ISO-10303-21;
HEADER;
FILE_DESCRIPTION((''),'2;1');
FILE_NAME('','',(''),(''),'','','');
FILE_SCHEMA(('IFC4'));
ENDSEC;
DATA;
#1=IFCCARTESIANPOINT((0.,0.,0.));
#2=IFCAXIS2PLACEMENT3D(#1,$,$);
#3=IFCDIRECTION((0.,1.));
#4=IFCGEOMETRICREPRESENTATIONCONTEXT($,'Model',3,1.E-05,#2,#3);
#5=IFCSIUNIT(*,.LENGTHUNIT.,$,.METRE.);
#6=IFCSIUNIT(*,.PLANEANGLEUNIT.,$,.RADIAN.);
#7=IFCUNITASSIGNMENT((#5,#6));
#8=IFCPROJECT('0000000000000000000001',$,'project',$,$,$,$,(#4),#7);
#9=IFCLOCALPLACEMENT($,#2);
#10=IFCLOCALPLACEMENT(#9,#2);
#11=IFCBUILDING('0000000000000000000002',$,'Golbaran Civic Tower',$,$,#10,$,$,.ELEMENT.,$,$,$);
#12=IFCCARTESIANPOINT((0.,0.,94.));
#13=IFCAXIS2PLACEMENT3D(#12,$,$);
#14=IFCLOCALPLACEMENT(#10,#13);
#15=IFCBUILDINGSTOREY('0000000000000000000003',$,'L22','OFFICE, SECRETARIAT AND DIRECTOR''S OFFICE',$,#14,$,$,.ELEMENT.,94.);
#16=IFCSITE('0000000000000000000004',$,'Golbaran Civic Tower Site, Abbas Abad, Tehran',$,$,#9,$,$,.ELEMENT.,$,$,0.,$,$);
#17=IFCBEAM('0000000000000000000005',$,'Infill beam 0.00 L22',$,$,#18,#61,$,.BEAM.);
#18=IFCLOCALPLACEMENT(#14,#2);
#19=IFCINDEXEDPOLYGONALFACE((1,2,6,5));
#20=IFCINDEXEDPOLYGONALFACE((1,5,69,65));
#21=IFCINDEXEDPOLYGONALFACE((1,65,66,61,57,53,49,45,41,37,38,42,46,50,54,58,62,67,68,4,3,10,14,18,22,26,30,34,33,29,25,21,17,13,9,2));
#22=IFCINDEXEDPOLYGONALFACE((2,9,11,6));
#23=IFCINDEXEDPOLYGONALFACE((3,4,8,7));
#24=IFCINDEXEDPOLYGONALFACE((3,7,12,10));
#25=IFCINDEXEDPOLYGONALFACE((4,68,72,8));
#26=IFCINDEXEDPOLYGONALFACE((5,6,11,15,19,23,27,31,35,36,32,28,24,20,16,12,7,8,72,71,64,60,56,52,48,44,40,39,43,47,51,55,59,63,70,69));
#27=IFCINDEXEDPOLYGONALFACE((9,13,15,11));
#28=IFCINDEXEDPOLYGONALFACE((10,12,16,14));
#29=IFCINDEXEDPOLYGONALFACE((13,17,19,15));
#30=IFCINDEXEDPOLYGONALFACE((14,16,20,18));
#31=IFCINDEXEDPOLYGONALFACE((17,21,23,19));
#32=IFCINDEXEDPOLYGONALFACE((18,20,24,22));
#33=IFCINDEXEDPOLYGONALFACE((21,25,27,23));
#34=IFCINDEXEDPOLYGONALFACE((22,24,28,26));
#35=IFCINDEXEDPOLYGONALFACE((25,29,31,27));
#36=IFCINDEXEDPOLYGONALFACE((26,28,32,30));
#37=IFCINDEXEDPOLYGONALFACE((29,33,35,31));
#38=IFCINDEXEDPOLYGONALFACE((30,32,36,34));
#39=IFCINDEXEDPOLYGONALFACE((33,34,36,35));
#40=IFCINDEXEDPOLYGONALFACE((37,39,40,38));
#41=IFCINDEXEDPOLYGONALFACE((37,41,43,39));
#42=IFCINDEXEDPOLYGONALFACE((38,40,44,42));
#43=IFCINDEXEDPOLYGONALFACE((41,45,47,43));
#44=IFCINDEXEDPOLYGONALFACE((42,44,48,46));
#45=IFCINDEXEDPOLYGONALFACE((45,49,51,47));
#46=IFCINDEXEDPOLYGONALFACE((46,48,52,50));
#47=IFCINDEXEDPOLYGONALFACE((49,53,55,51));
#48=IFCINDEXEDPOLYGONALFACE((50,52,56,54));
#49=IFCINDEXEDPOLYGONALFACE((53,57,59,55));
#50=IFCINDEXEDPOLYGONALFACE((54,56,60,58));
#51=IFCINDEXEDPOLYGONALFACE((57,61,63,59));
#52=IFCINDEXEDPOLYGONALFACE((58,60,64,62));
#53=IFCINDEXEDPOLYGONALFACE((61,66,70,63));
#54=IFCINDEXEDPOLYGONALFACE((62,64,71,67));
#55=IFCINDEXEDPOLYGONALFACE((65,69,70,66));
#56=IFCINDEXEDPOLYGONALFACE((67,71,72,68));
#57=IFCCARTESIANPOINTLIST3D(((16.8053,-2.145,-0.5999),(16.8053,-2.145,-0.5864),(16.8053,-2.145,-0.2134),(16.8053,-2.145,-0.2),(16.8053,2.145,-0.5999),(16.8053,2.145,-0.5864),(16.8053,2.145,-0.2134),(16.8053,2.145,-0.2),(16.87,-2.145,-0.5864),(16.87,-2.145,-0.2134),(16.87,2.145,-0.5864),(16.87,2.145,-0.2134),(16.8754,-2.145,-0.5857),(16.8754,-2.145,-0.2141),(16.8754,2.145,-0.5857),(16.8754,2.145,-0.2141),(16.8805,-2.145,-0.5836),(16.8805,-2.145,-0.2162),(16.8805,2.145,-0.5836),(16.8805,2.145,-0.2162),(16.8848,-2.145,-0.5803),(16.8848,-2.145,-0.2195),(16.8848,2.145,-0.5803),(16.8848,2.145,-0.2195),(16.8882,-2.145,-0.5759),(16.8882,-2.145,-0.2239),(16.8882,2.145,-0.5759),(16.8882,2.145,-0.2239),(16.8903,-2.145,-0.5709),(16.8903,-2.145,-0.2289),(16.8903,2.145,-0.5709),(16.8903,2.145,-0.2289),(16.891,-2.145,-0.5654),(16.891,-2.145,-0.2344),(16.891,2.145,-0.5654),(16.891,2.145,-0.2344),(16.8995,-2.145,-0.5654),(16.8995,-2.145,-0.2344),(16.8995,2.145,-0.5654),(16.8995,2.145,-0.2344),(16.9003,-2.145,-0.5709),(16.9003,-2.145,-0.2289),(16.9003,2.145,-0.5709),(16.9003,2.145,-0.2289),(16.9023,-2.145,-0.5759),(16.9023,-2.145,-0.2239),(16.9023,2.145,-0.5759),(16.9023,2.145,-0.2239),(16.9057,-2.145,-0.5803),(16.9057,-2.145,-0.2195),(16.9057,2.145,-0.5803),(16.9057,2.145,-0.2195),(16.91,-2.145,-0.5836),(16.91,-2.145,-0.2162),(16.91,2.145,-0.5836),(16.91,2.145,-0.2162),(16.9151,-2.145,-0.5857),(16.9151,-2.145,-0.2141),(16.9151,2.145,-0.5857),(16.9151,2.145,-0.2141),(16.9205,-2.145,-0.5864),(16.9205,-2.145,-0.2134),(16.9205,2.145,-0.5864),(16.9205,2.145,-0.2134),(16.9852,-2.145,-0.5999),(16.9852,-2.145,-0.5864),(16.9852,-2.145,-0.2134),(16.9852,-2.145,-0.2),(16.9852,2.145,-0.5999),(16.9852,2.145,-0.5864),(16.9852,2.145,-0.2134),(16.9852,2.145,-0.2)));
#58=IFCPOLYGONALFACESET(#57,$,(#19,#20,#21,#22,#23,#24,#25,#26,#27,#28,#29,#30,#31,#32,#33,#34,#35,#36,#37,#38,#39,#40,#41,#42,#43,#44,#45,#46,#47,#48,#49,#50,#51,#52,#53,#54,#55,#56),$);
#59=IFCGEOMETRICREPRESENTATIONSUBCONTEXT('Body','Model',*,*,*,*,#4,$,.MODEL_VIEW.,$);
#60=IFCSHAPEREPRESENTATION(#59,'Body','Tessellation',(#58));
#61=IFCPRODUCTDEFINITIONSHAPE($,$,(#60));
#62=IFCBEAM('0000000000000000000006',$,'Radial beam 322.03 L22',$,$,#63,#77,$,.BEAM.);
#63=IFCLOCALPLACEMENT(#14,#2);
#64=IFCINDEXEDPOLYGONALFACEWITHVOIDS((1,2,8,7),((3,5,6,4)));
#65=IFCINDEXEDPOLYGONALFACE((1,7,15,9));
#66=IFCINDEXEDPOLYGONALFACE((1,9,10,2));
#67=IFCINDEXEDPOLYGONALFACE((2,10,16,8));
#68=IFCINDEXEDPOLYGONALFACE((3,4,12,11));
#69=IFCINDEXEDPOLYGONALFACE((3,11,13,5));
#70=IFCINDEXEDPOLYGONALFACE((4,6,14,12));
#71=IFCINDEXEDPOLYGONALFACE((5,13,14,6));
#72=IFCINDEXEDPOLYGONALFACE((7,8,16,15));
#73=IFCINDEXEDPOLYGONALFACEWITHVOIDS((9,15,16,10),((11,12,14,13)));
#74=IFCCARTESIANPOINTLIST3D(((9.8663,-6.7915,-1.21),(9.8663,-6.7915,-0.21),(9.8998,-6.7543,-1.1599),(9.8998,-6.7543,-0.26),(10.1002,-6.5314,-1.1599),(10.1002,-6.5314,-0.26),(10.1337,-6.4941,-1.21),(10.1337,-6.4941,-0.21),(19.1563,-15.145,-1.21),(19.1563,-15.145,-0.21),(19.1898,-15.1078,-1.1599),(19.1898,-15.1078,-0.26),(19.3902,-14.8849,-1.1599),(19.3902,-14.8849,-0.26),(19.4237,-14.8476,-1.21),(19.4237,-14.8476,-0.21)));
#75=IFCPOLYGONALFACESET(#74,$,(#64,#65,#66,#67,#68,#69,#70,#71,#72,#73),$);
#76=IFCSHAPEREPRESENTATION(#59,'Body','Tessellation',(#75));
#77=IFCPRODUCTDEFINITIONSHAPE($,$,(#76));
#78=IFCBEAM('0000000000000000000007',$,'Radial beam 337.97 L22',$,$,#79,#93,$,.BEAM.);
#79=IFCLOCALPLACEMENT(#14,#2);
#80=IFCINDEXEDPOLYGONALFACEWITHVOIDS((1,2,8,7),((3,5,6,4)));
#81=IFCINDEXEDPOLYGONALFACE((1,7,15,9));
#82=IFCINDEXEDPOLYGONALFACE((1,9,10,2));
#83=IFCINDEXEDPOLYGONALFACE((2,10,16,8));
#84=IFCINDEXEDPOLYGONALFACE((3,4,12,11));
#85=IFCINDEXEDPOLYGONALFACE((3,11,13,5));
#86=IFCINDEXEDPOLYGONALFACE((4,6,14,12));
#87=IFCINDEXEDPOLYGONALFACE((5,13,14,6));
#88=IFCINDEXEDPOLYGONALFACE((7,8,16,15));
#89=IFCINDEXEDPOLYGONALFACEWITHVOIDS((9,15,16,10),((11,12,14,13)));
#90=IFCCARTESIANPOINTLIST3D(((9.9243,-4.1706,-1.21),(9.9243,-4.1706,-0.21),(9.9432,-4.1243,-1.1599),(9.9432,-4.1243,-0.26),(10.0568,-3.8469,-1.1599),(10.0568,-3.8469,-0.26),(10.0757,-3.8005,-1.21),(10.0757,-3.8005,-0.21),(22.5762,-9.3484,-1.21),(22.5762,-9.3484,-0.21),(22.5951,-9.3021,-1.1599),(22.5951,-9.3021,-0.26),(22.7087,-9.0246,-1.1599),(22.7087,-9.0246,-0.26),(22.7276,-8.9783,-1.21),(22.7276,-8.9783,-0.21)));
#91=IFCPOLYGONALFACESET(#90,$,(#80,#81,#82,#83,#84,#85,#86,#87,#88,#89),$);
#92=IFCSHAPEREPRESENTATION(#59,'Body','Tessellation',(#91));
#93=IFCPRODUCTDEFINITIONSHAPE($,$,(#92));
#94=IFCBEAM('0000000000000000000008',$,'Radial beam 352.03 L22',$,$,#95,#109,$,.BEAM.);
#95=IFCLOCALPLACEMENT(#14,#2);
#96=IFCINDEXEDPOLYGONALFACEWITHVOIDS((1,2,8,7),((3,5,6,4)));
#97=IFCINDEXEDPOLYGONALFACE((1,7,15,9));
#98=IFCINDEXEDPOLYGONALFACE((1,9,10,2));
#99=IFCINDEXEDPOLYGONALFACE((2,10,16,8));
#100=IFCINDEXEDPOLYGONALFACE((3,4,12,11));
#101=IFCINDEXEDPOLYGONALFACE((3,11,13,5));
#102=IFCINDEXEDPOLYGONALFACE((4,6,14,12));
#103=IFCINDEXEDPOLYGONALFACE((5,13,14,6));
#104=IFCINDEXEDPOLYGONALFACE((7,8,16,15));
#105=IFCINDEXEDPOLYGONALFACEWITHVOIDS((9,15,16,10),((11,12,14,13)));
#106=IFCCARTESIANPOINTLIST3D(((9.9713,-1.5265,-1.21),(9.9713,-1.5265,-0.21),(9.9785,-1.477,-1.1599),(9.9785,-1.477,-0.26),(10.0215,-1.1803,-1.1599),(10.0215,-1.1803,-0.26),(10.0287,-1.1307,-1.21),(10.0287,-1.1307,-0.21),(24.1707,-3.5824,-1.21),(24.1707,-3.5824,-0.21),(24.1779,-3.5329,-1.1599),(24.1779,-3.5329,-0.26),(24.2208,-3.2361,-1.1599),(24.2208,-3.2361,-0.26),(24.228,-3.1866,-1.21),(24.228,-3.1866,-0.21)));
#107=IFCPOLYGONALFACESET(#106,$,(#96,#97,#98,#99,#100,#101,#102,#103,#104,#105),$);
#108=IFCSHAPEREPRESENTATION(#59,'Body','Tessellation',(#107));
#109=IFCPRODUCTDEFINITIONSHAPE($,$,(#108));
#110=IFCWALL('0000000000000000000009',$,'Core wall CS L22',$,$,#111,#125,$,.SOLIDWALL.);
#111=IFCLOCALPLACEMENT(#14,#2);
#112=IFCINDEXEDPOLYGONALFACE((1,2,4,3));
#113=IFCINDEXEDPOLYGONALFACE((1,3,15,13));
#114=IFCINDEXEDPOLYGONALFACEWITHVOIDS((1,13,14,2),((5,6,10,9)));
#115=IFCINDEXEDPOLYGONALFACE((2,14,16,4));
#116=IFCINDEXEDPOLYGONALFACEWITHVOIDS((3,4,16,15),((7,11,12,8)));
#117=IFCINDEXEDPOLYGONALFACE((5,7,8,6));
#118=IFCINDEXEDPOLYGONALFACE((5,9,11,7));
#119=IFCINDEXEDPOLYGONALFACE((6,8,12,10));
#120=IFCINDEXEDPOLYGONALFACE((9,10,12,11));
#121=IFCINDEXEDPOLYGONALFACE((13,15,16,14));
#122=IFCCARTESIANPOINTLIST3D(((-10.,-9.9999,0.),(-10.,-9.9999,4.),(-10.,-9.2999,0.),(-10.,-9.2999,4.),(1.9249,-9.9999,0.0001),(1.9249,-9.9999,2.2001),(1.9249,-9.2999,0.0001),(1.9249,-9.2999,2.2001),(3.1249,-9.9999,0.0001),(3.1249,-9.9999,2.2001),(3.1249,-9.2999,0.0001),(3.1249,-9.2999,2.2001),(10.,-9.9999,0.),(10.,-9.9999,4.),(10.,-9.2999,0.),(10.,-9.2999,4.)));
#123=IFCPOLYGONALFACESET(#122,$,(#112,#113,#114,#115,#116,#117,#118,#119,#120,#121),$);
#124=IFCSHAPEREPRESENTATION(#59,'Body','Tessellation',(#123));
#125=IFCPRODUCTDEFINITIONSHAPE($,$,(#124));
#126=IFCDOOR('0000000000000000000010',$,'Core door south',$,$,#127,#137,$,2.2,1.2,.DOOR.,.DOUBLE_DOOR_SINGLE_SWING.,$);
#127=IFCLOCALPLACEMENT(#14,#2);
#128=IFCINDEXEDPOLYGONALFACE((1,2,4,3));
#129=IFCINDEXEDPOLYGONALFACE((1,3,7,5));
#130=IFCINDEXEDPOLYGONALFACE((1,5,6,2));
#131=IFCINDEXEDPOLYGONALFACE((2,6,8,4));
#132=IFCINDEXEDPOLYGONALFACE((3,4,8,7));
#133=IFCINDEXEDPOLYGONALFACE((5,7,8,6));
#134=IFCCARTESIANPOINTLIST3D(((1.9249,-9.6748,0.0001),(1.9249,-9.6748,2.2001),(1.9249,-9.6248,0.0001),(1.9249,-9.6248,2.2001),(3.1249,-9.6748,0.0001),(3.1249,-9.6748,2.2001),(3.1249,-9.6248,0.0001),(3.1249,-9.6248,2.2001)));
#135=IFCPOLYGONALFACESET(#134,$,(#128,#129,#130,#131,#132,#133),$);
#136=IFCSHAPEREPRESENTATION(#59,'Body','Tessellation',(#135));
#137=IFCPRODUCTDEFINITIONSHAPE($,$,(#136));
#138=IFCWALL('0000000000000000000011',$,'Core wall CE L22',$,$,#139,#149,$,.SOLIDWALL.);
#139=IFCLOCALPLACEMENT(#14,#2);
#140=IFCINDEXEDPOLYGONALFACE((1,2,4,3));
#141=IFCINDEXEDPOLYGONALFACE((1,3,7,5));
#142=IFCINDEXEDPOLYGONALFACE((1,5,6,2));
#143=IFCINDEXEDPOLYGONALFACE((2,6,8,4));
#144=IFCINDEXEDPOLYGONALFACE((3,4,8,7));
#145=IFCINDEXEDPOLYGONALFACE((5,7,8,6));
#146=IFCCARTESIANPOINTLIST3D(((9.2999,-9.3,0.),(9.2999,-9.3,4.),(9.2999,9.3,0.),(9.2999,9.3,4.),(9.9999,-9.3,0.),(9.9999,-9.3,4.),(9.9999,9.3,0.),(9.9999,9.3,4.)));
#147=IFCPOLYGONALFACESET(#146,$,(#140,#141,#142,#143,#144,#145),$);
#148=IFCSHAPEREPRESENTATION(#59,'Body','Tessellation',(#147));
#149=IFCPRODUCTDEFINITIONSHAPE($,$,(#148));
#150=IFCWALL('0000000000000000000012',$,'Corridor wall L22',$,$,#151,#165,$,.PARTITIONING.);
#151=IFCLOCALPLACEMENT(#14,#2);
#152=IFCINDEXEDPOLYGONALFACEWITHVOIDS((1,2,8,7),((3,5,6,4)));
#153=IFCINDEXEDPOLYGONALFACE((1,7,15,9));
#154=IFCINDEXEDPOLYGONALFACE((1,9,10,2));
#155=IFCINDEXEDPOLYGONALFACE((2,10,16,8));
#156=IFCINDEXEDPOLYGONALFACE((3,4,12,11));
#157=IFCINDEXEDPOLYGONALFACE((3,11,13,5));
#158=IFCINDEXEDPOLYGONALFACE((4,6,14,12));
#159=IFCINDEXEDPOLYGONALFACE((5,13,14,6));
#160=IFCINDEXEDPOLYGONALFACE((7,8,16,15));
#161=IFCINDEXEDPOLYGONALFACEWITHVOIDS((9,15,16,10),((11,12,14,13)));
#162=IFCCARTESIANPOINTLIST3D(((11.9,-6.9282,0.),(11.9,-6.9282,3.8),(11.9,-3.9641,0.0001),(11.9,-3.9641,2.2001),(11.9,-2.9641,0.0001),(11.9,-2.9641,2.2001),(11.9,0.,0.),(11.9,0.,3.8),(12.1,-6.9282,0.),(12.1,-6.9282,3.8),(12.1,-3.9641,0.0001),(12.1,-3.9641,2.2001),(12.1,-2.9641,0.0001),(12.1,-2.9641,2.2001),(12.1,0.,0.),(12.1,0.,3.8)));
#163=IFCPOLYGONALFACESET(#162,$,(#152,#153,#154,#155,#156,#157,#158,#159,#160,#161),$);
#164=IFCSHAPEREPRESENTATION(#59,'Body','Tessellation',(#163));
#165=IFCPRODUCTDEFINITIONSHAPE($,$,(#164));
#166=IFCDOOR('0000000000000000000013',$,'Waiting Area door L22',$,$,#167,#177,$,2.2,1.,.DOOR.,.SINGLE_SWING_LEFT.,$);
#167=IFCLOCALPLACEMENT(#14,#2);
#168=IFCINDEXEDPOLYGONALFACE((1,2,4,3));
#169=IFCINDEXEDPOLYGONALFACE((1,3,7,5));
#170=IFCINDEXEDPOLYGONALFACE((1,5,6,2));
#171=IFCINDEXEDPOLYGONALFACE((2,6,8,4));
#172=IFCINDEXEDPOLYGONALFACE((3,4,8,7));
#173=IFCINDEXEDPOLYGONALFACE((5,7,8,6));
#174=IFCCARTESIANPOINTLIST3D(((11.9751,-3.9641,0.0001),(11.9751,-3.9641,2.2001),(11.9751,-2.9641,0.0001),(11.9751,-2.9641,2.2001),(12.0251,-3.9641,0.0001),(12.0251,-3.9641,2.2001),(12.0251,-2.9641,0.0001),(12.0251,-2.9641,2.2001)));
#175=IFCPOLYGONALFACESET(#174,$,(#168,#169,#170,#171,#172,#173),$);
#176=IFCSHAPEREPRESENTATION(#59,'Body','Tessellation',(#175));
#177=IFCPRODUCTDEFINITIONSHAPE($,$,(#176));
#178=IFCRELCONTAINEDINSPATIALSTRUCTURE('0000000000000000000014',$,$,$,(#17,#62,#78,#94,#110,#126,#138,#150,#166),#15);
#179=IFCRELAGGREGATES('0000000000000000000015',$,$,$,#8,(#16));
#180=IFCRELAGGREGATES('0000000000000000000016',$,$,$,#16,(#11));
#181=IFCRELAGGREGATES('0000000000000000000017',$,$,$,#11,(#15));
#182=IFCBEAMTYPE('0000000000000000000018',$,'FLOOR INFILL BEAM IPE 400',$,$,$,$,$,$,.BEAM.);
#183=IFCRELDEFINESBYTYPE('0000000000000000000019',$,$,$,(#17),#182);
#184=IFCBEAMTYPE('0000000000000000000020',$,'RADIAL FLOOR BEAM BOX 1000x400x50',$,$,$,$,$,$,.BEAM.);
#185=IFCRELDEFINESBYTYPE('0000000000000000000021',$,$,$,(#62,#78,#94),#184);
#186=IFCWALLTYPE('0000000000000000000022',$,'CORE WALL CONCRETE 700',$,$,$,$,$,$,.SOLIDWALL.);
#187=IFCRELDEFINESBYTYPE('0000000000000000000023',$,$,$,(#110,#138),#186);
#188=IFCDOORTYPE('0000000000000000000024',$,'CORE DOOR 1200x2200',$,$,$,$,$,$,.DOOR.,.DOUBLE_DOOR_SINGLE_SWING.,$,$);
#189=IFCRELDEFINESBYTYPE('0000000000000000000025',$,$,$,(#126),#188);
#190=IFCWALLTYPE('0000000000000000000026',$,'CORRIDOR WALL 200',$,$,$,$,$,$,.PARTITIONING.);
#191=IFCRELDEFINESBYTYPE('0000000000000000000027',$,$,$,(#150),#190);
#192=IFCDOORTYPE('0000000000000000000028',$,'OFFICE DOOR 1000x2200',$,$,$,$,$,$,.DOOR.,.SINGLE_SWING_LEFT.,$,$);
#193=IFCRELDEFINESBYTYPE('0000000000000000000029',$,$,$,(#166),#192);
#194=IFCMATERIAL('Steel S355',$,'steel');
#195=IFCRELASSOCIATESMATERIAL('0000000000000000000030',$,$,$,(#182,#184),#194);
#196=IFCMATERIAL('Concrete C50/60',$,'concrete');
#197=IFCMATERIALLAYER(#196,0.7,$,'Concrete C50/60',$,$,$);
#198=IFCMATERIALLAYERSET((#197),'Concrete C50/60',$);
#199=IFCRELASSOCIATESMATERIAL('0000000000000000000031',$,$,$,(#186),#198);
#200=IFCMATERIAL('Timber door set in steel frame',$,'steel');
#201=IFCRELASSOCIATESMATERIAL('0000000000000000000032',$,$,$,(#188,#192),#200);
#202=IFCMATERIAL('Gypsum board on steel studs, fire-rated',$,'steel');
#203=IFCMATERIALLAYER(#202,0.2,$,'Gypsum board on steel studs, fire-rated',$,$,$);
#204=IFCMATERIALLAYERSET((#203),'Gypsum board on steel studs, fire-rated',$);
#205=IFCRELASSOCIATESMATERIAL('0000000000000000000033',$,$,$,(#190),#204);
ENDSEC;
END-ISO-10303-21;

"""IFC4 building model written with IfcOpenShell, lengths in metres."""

from ifc_helpers import new_model, si_unit, direction, frame, frame_2d, origin, origin_2d, place, context, subcontext, project, spatial, rectangle, hollow_rectangle, i_section, extrude, material, layer, layer_set, material_profile, profile_set, type_object, element, fill, save


model = new_model("IFC4")

# Units and contexts
model_context = context("Model", 3, precision=1e-05, world=origin(), true_north=direction((0.0, 1.0)))
body_context = subcontext(model_context, "Body", "Model", "MODEL_VIEW")
ifc_project = project(units=[si_unit("LENGTHUNIT", "METRE"), si_unit("PLANEANGLEUNIT", "RADIAN")], contexts=[model_context])

# Site, building, storey
site_placement = place(None, origin())
site = spatial("IfcSite", under=ifc_project, at=site_placement, Name="Golbaran Civic Tower Site, Abbas Abad, Tehran", CompositionType="ELEMENT", RefElevation=0.0)
building_placement = place(site_placement, origin())
building = spatial("IfcBuilding", under=site, at=building_placement, Name="Golbaran Civic Tower", CompositionType="ELEMENT")
storey_placement = place(building_placement, frame((0.0, 0.0, 94.0)))
storey = spatial("IfcBuildingStorey", under=building, at=storey_placement, Name="L22", Description="OFFICE, SECRETARIAT AND DIRECTOR'S OFFICE", CompositionType="ELEMENT", Elevation=94.0)

# Beams
ifc_material_1 = material(Name="Steel S355", Category="steel")
ifc_material_profile_1 = material_profile(ifc_material_1, i_section(OverallWidth=0.1799, OverallDepth=0.3999, WebThickness=0.0085, FlangeThickness=0.0134, FilletRadius=0.021, at=origin_2d()), Name="IPE 400")
ifc_profile_set_1 = profile_set([ifc_material_profile_1], Name="Steel S355")
beam_type_1 = type_object("IfcBeamType", Name="FLOOR INFILL BEAM IPE 400", PredefinedType="BEAM", material=ifc_profile_set_1)
beam_1_placement = place(storey_placement, frame((16.8953, -2.145, -0.3999), z_axis=(0.0, 1.0, 0.0), x_axis=(-1.0, 0.0, 0.0)))
element("IfcBeam", 1, at=beam_1_placement, inside=storey, type_object=beam_type_1, Name="Infill beam 0.00 L22", PredefinedType="BEAM", context=body_context, shape_type="SweptSolid", body=[
    extrude(i_section(OverallWidth=0.1799, OverallDepth=0.3999, WebThickness=0.0085, FlangeThickness=0.0134, FilletRadius=0.021, at=origin_2d()), origin(), (0.0, 0.0, 1.0), 4.29),
])
ifc_material_profile_2 = material_profile(ifc_material_1, hollow_rectangle(XDim=0.3999, YDim=1.0, WallThickness=0.05, at=origin_2d()), Name="BOX 1000x400x50")
ifc_profile_set_2 = profile_set([ifc_material_profile_2], Name="Steel S355")
beam_type_2 = type_object("IfcBeamType", Name="RADIAL FLOOR BEAM BOX 1000x400x50", PredefinedType="BEAM", material=ifc_profile_set_2)
beam_2_placement = place(storey_placement, frame((10.0, -6.6428, -0.71), z_axis=(0.743593, -0.668632, 0.0), x_axis=(0.668632, 0.743593, 0.0)))
element("IfcBeam", 2, at=beam_2_placement, inside=storey, type_object=beam_type_2, Name="Radial beam 322.03 L22", PredefinedType="BEAM", context=body_context, shape_type="SweptSolid", body=[
    extrude(hollow_rectangle(XDim=0.3999, YDim=1.0, WallThickness=0.05, at=origin_2d()), origin(), (0.0, 0.0, 1.0), 12.4934),
])
beam_3_placement = place(storey_placement, frame((10.0, -3.9856, -0.71), z_axis=(0.925496, -0.378757, 0.0), x_axis=(0.378757, 0.925496, 0.0)))
element("IfcBeam", 3, at=beam_3_placement, inside=storey, type_object=beam_type_2, Name="Radial beam 337.97 L22", PredefinedType="BEAM", context=body_context, shape_type="SweptSolid", body=[
    extrude(hollow_rectangle(XDim=0.3999, YDim=1.0, WallThickness=0.05, at=origin_2d()), origin(), (0.0, 0.0, 1.0), 13.6704),
])
beam_4_placement = place(storey_placement, frame((10.0, -1.3286, -0.71), z_axis=(0.98968, -0.143294, 0.0), x_axis=(0.143294, 0.98968, 0.0)))
element("IfcBeam", 4, at=beam_4_placement, inside=storey, type_object=beam_type_2, Name="Radial beam 352.03 L22", PredefinedType="BEAM", context=body_context, shape_type="SweptSolid", body=[
    extrude(hollow_rectangle(XDim=0.3999, YDim=1.0, WallThickness=0.05, at=origin_2d()), origin(), (0.0, 0.0, 1.0), 14.3474),
])

# Wall, opening, door
ifc_material_2 = material(Name="Concrete C50/60", Category="concrete")
ifc_layer_1 = layer(ifc_material_2, 0.7, Name="Concrete C50/60")
ifc_layer_set_1 = layer_set([ifc_layer_1], Name="Concrete C50/60")
wall_type_1 = type_object("IfcWallType", Name="CORE WALL CONCRETE 700", PredefinedType="SOLIDWALL", material=ifc_layer_set_1)
wall_1_placement = place(storey_placement, frame((10.0, -9.6499, 0.0), z_axis=(0.0, 0.0, 1.0), x_axis=(-1.0, 0.0, 0.0)))
wall_1 = element("IfcWall", 5, at=wall_1_placement, inside=storey, type_object=wall_type_1, Name="Core wall CS L22", PredefinedType="SOLIDWALL", context=body_context, shape_type="SweptSolid", body=[
    extrude(rectangle(XDim=20.0, YDim=0.7, at=frame_2d((10.0, 0.0))), origin(), (0.0, 0.0, 1.0), 4.0),
])
opening_1_placement = place(wall_1_placement, frame((6.875, 0.0, 0.0)))
opening_1 = element("IfcOpeningElement", 6, at=opening_1_placement, cuts=wall_1, PredefinedType="OPENING", context=body_context, shape_type="SweptSolid", body=[
    extrude(rectangle(XDim=1.2, YDim=2.2, at=frame_2d((0.6001, 1.1001))), frame((0.0, 0.3599, 0.0), z_axis=(0.0, -1.0, 0.0), x_axis=(1.0, 0.0, 0.0)), (0.0, 0.0, 1.0), 0.72),
])
ifc_material_3 = material(Name="Timber door set in steel frame", Category="steel")
door_type_1 = type_object("IfcDoorType", Name="CORE DOOR 1200x2200", OperationType="DOUBLE_DOOR_SINGLE_SWING", PredefinedType="DOOR", material=ifc_material_3)
door_1_placement = place(opening_1_placement, origin())
door_1 = element("IfcDoor", 7, at=door_1_placement, inside=storey, type_object=door_type_1, Name="Core door south", OperationType="DOUBLE_DOOR_SINGLE_SWING", OverallHeight=2.2, OverallWidth=1.2, PredefinedType="DOOR", context=body_context, shape_type="SweptSolid", body=[
    extrude(rectangle(XDim=1.2, YDim=2.2, at=frame_2d((0.6001, 1.1001))), frame((0.0, 0.0249, 0.0), z_axis=(0.0, -1.0, 0.0), x_axis=(1.0, 0.0, 0.0)), (0.0, 0.0, 1.0), 0.05),
])
fill(opening_1, door_1)

# Wall
wall_2_placement = place(storey_placement, frame((9.6499, -9.3, 0.0), z_axis=(0.0, 0.0, 1.0), x_axis=(0.0, 1.0, 0.0)))
element("IfcWall", 8, at=wall_2_placement, inside=storey, type_object=wall_type_1, Name="Core wall CE L22", PredefinedType="SOLIDWALL", context=body_context, shape_type="SweptSolid", body=[
    extrude(rectangle(XDim=18.6001, YDim=0.7, at=frame_2d((9.3, 0.0))), origin(), (0.0, 0.0, 1.0), 4.0),
])

# Wall, opening, door
ifc_material_4 = material(Name="Gypsum board on steel studs, fire-rated", Category="steel")
ifc_layer_2 = layer(ifc_material_4, 0.2, Name="Gypsum board on steel studs, fire-rated")
ifc_layer_set_2 = layer_set([ifc_layer_2], Name="Gypsum board on steel studs, fire-rated")
wall_type_2 = type_object("IfcWallType", Name="CORRIDOR WALL 200", PredefinedType="PARTITIONING", material=ifc_layer_set_2)
wall_3_placement = place(storey_placement, frame((12.0, -6.9282, 0.0), z_axis=(0.0, 0.0, 1.0), x_axis=(0.0, 1.0, 0.0)))
wall_3 = element("IfcWall", 9, at=wall_3_placement, inside=storey, type_object=wall_type_2, Name="Corridor wall L22", PredefinedType="PARTITIONING", context=body_context, shape_type="SweptSolid", body=[
    extrude(rectangle(XDim=6.9282, YDim=0.2, at=frame_2d((3.4641, 0.0))), origin(), (0.0, 0.0, 1.0), 3.8),
])
opening_2_placement = place(wall_3_placement, frame((2.9641, 0.0, 0.0)))
opening_2 = element("IfcOpeningElement", 10, at=opening_2_placement, cuts=wall_3, PredefinedType="OPENING", context=body_context, shape_type="SweptSolid", body=[
    extrude(rectangle(XDim=1.0, YDim=2.2, at=frame_2d((0.5, 1.1001))), frame((0.0, 0.1099, 0.0), z_axis=(0.0, -1.0, 0.0), x_axis=(1.0, 0.0, 0.0)), (0.0, 0.0, 1.0), 0.22),
])
door_type_2 = type_object("IfcDoorType", Name="OFFICE DOOR 1000x2200", OperationType="SINGLE_SWING_LEFT", PredefinedType="DOOR", material=ifc_material_3)
door_2_placement = place(opening_2_placement, origin())
door_2 = element("IfcDoor", 11, at=door_2_placement, inside=storey, type_object=door_type_2, Name="Waiting Area door L22", OperationType="SINGLE_SWING_LEFT", OverallHeight=2.2, OverallWidth=1.0, PredefinedType="DOOR", context=body_context, shape_type="SweptSolid", body=[
    extrude(rectangle(XDim=1.0, YDim=2.2, at=frame_2d((0.5, 1.1001))), frame((0.0, 0.0249, 0.0), z_axis=(0.0, -1.0, 0.0), x_axis=(1.0, 0.0, 0.0)), (0.0, 0.0, 1.0), 0.05),
])
fill(opening_2, door_2)

save(model, "model.ifc")
